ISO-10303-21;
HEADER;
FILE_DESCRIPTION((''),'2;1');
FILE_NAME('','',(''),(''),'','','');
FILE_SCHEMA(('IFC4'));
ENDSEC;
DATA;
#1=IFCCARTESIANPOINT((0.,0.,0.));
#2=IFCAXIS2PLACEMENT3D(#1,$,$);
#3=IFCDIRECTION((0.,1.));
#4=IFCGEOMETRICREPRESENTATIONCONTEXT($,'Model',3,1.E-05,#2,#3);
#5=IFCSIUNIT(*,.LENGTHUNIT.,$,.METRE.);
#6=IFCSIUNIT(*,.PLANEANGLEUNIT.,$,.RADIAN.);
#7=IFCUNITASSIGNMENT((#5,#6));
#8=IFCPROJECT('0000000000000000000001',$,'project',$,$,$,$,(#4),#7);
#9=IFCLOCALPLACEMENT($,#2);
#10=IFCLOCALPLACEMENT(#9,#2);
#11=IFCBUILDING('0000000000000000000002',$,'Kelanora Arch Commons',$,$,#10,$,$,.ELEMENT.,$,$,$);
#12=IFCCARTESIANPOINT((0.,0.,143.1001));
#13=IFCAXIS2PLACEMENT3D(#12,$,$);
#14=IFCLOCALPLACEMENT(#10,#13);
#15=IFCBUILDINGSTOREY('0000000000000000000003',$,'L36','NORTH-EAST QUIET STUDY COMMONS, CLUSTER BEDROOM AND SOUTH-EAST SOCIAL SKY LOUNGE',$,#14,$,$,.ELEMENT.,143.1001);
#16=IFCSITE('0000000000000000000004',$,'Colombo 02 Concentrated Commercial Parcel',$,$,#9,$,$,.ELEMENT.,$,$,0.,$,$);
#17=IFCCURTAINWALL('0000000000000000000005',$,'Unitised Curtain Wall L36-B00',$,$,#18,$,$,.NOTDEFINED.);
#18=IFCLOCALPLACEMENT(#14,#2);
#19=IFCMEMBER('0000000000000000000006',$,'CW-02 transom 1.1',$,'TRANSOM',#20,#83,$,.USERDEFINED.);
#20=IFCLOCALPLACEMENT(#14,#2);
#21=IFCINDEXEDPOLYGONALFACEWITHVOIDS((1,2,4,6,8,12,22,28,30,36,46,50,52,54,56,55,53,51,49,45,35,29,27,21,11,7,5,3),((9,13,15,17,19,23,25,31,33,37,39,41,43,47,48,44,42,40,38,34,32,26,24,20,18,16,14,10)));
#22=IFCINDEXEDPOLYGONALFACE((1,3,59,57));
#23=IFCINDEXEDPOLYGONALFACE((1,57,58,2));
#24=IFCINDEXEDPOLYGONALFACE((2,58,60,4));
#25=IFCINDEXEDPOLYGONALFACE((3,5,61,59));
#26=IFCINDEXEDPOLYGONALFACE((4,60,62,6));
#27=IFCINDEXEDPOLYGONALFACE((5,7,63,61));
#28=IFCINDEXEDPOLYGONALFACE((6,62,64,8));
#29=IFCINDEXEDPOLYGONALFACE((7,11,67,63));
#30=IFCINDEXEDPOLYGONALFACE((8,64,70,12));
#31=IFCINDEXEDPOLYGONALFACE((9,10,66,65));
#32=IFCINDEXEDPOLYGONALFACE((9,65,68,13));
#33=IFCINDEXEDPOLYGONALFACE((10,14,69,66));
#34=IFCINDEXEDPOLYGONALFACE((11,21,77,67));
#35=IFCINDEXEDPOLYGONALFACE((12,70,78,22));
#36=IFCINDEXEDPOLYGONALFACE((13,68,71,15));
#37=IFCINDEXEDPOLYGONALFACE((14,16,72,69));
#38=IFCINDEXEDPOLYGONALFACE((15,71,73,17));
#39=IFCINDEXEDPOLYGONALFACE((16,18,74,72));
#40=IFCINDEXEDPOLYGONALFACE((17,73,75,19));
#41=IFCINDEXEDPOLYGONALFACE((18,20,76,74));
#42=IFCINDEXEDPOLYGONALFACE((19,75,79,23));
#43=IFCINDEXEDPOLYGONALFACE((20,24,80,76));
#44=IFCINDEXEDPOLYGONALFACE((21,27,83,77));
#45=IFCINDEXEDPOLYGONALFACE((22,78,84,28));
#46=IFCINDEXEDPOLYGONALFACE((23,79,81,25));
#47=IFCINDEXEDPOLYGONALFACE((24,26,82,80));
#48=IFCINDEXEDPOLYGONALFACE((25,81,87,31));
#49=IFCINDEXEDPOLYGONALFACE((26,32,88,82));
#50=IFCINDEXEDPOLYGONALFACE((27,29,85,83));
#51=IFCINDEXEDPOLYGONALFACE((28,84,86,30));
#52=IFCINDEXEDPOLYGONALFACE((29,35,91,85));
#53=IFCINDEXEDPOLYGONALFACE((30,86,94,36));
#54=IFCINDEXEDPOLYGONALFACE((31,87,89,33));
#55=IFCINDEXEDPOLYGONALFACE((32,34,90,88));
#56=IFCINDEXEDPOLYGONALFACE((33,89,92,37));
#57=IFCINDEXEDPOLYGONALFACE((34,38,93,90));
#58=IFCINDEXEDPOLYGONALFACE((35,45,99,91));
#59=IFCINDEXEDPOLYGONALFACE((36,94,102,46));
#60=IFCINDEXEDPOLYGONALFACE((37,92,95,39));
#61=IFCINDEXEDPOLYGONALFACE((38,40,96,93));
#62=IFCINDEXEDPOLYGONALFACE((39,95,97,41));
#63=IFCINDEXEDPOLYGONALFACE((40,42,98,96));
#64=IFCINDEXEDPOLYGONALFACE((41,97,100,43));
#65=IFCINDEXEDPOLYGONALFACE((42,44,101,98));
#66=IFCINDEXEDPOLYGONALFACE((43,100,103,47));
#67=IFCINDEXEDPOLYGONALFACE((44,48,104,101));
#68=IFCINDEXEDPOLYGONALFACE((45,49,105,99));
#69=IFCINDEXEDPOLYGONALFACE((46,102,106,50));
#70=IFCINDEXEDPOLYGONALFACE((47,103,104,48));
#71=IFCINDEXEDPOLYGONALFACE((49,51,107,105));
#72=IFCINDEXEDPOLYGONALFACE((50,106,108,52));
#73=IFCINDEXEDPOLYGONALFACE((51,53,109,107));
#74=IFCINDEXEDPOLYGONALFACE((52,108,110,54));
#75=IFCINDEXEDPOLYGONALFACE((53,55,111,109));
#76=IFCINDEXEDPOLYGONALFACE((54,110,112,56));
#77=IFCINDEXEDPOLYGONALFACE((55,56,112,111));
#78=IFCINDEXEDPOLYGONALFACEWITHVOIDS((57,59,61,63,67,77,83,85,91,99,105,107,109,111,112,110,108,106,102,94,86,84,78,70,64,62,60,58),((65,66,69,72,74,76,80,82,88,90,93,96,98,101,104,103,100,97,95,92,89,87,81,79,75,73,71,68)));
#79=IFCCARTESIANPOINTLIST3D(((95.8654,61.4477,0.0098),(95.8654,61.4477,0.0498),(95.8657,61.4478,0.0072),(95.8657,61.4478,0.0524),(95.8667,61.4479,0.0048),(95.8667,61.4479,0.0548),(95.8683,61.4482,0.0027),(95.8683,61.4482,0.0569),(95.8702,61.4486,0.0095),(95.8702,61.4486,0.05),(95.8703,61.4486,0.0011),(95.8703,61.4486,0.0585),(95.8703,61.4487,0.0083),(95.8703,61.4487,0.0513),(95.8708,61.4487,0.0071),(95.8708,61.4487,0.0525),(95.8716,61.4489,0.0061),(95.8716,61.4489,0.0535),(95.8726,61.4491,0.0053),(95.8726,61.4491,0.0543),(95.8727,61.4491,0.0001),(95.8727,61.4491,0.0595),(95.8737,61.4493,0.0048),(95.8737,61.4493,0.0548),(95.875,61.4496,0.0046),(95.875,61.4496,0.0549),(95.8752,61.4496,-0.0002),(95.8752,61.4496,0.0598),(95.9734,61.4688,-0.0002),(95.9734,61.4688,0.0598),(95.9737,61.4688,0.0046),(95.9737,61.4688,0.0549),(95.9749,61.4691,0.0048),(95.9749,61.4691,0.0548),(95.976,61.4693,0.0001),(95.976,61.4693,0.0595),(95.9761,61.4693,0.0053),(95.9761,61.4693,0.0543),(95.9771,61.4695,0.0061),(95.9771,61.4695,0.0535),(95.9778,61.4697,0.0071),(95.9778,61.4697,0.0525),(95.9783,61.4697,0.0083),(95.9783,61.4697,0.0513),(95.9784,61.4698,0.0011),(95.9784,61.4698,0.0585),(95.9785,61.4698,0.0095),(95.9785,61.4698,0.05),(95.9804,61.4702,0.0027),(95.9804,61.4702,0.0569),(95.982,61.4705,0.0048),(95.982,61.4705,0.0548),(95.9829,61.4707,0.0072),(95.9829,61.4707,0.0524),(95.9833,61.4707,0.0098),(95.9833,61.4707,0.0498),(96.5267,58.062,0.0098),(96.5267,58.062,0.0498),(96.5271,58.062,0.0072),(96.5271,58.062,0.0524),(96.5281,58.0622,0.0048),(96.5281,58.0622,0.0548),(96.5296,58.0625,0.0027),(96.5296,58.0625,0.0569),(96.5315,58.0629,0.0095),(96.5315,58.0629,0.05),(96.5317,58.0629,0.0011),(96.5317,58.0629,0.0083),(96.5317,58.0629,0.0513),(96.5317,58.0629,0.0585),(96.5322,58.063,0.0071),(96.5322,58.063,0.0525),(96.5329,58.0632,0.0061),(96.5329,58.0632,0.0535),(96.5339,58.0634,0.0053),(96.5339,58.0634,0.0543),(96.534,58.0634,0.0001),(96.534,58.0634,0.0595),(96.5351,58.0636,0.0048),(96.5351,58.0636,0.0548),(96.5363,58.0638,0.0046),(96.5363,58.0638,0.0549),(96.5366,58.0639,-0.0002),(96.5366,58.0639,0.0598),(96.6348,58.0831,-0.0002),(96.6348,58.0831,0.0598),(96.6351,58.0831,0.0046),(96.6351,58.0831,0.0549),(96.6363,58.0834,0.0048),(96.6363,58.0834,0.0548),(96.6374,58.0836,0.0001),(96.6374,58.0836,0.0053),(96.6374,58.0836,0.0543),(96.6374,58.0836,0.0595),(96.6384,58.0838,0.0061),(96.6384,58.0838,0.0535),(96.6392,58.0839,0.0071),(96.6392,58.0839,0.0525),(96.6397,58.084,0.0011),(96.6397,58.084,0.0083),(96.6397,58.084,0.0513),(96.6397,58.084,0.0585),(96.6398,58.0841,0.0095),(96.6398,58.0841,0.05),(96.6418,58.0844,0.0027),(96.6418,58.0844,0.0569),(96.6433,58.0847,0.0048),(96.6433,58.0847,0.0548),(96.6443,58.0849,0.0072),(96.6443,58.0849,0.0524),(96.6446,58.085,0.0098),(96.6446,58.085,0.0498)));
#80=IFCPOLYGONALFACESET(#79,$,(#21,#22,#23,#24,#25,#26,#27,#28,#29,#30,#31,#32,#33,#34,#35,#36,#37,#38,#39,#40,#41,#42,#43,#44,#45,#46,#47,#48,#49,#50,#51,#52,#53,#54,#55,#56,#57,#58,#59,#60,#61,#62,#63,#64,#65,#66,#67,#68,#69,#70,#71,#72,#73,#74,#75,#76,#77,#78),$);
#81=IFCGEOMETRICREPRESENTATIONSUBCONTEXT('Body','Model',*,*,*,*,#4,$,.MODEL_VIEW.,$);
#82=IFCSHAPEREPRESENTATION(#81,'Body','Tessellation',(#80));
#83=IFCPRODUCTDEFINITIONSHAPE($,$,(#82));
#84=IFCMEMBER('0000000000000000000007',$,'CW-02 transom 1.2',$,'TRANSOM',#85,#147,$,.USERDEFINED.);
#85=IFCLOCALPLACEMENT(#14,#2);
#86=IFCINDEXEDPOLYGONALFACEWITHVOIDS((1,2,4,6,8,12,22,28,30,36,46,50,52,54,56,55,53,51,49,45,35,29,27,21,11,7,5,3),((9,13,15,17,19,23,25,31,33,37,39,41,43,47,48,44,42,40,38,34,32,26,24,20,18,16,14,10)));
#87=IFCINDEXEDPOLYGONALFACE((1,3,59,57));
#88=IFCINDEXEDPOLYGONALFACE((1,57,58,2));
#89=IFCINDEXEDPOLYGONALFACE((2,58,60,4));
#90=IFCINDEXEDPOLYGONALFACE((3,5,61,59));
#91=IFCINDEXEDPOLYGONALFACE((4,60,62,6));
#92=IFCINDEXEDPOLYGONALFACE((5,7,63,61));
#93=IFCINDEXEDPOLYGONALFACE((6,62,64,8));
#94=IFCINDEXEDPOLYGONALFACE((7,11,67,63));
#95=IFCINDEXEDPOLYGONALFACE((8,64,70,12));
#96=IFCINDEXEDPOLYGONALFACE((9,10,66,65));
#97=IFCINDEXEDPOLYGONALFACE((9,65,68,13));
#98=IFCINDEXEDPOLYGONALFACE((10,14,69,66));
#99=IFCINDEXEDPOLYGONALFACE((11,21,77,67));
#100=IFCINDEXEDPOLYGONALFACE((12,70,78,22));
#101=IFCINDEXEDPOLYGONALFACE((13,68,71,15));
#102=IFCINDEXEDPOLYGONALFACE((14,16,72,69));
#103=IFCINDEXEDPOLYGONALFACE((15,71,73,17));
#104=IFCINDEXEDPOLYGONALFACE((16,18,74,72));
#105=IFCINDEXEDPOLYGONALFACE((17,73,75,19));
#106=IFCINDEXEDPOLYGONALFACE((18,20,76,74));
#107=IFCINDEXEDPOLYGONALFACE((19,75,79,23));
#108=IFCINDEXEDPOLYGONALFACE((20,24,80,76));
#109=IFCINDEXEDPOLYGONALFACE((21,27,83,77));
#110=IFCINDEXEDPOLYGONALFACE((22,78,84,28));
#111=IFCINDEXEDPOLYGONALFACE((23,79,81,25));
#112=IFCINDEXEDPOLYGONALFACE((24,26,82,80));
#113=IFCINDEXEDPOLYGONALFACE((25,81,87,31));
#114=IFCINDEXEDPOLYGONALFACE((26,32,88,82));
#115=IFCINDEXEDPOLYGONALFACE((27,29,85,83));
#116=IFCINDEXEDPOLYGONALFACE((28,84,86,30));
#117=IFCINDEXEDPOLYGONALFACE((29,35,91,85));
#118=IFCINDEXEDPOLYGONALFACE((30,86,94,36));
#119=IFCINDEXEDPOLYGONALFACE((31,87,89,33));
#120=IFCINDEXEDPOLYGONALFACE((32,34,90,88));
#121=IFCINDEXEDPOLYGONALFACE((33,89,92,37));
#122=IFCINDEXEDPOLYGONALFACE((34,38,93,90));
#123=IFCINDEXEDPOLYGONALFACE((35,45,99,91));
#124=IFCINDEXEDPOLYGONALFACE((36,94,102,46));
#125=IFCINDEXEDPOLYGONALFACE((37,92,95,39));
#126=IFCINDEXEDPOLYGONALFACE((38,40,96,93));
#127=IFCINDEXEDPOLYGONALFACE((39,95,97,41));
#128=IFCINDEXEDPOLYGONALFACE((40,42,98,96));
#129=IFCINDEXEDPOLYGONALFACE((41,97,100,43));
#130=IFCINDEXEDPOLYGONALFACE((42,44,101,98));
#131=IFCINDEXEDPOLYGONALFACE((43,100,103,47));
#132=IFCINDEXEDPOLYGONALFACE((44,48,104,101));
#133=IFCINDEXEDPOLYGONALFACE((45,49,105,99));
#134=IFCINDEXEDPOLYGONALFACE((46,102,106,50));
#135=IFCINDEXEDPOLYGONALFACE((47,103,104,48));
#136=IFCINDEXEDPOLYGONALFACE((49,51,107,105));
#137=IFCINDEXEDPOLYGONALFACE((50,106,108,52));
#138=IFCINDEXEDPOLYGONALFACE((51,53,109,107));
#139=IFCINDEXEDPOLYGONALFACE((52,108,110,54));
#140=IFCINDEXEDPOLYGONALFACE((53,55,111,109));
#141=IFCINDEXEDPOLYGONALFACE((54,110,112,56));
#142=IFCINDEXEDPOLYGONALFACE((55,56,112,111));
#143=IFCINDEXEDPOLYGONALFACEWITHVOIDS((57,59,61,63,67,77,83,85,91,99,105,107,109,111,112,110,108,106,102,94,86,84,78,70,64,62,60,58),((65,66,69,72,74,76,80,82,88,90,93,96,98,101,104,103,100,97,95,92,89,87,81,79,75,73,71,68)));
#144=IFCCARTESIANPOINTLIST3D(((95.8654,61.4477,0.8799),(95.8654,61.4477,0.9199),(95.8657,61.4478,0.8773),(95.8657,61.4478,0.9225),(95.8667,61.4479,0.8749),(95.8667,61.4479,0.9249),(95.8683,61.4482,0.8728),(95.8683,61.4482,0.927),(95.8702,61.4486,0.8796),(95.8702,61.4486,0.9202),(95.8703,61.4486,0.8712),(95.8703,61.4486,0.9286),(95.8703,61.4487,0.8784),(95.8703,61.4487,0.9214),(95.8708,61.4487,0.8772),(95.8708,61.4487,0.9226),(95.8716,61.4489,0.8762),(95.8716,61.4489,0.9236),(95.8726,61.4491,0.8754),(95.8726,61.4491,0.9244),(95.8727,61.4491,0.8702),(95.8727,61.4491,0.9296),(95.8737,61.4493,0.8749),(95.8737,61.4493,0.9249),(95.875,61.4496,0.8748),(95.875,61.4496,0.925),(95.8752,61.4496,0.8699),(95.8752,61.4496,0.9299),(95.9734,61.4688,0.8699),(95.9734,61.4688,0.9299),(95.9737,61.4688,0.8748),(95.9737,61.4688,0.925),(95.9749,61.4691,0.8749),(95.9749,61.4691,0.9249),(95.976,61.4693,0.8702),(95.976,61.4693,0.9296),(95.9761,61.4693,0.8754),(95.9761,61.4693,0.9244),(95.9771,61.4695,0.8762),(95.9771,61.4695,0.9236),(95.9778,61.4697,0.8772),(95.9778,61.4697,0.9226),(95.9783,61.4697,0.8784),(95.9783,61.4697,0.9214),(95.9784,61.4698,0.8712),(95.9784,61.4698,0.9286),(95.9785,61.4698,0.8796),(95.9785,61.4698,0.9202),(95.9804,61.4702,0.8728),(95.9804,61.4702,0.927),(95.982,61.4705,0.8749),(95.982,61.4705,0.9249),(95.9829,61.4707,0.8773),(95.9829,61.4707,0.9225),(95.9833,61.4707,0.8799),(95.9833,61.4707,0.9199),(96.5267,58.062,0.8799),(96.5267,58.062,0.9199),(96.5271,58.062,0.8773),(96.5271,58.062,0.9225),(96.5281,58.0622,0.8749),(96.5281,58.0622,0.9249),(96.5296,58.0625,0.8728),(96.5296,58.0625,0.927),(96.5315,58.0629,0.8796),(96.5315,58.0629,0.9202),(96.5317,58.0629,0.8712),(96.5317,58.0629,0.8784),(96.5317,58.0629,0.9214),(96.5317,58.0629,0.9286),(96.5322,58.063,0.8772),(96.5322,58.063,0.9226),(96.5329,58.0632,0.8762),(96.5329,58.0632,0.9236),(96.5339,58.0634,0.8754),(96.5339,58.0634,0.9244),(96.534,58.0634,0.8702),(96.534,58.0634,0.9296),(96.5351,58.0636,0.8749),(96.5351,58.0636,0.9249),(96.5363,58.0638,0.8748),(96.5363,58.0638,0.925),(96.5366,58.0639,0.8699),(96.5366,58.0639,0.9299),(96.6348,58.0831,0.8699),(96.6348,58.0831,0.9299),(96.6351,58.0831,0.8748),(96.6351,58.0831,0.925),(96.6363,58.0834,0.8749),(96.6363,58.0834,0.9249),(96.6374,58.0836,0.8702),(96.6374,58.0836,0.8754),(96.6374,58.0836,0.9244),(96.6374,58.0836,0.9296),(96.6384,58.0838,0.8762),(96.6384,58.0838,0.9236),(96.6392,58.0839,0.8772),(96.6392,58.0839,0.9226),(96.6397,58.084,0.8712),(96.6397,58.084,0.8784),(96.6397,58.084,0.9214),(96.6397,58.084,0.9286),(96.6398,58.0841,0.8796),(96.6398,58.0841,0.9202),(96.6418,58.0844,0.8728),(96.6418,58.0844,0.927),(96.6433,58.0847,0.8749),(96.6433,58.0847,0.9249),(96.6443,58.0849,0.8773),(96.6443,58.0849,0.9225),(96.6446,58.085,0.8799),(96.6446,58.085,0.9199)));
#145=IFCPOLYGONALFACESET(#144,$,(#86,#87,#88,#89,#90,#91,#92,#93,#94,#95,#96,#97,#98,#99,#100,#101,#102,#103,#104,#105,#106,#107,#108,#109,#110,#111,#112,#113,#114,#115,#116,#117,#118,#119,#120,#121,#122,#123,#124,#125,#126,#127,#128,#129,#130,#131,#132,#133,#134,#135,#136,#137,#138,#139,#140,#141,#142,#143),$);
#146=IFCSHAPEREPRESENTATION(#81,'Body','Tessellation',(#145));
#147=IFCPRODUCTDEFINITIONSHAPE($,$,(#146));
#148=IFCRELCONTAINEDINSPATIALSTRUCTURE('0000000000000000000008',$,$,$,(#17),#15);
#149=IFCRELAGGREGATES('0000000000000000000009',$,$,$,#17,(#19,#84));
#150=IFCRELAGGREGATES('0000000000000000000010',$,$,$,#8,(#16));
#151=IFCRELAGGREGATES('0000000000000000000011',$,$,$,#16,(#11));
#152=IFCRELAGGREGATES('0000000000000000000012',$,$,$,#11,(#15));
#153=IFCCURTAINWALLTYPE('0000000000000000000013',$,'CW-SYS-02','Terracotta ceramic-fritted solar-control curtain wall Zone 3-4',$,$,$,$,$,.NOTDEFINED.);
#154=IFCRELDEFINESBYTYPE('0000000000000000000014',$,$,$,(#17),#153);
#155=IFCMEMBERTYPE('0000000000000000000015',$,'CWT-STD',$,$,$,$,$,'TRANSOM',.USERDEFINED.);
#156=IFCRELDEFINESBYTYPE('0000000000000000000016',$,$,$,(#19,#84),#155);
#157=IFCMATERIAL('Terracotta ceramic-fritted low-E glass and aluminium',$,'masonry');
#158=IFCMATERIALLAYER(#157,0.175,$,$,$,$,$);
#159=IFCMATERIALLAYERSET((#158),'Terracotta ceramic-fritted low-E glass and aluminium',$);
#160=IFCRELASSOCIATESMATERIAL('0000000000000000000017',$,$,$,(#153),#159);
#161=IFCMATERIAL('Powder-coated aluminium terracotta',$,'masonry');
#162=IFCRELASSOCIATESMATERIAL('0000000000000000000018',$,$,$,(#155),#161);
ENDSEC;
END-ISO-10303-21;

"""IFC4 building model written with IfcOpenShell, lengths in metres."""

from ifc_helpers import new_model, si_unit, direction, frame, origin, origin_2d, place, context, subcontext, project, spatial, hollow_rectangle, extrude, material, layer, layer_set, material_profile, profile_set, type_object, element, aggregate, save


model = new_model("IFC4")

# Units and contexts
model_context = context("Model", 3, precision=1e-05, world=origin(), true_north=direction((0.0, 1.0)))
body_context = subcontext(model_context, "Body", "Model", "MODEL_VIEW")
ifc_project = project(units=[si_unit("LENGTHUNIT", "METRE"), si_unit("PLANEANGLEUNIT", "RADIAN")], contexts=[model_context])

# Site, building, storey
site_placement = place(None, origin())
site = spatial("IfcSite", under=ifc_project, at=site_placement, Name="Colombo 02 Concentrated Commercial Parcel", CompositionType="ELEMENT", RefElevation=0.0)
building_placement = place(site_placement, origin())
building = spatial("IfcBuilding", under=site, at=building_placement, Name="Kelanora Arch Commons", CompositionType="ELEMENT")
storey_placement = place(building_placement, frame((0.0, 0.0, 143.1001)))
storey = spatial("IfcBuildingStorey", under=building, at=storey_placement, Name="L36", Description="NORTH-EAST QUIET STUDY COMMONS, CLUSTER BEDROOM AND SOUTH-EAST SOCIAL SKY LOUNGE", CompositionType="ELEMENT", Elevation=143.1001)

# Curtain wall, members
ifc_material_1 = material(Name="Terracotta ceramic-fritted low-E glass and aluminium", Category="masonry")
ifc_layer_1 = layer(ifc_material_1, 0.175)
ifc_layer_set_1 = layer_set([ifc_layer_1], Name="Terracotta ceramic-fritted low-E glass and aluminium")
curtain_wall_type = type_object("IfcCurtainWallType", Name="CW-SYS-02", Description="Terracotta ceramic-fritted solar-control curtain wall Zone 3-4", PredefinedType="NOTDEFINED", material=ifc_layer_set_1)
curtain_wall_placement = place(storey_placement, origin())
curtain_wall = element("IfcCurtainWall", 1, at=curtain_wall_placement, inside=storey, type_object=curtain_wall_type, Name="Unitised Curtain Wall L36-B00", PredefinedType="NOTDEFINED")
ifc_material_2 = material(Name="Powder-coated aluminium terracotta", Category="masonry")
ifc_material_profile_1 = material_profile(ifc_material_2, hollow_rectangle(XDim=0.1201, YDim=0.0601, WallThickness=0.0049, InnerFilletRadius=0.0049, OuterFilletRadius=0.01, at=origin_2d()), Name="CWT120x60")
ifc_profile_set_1 = profile_set([ifc_material_profile_1], Name="Powder-coated aluminium terracotta")
member_type_1 = type_object("IfcMemberType", Name="CWT-STD", ElementType="TRANSOM", PredefinedType="USERDEFINED", material=ifc_profile_set_1)
member_1_placement = place(storey_placement, frame((96.5857, 58.0735, 0.0298), z_axis=(-0.191718, 0.98145, 0.0), x_axis=(-0.98145, -0.191718, 0.0)))
member_1 = element("IfcMember", 2, at=member_1_placement, type_object=member_type_1, Name="CW-02 transom 1.1", ObjectType="TRANSOM", PredefinedType="USERDEFINED", context=body_context, shape_type="SweptSolid", body=[
    extrude(hollow_rectangle(XDim=0.1201, YDim=0.0601, WallThickness=0.0049, InnerFilletRadius=0.0049, OuterFilletRadius=0.01, at=origin_2d()), origin(), (0.0, 0.0, 1.0), 3.4497),
])
member_2_placement = place(storey_placement, frame((96.5857, 58.0735, 0.8999), z_axis=(-0.191718, 0.98145, 0.0), x_axis=(-0.98145, -0.191718, 0.0)))
member_2 = element("IfcMember", 3, at=member_2_placement, type_object=member_type_1, Name="CW-02 transom 1.2", ObjectType="TRANSOM", PredefinedType="USERDEFINED", context=body_context, shape_type="SweptSolid", body=[
    extrude(hollow_rectangle(XDim=0.1201, YDim=0.0601, WallThickness=0.0049, InnerFilletRadius=0.0049, OuterFilletRadius=0.01, at=origin_2d()), origin(), (0.0, 0.0, 1.0), 3.4497),
])
aggregate(curtain_wall, [member_1, member_2])

save(model, "model.ifc")
